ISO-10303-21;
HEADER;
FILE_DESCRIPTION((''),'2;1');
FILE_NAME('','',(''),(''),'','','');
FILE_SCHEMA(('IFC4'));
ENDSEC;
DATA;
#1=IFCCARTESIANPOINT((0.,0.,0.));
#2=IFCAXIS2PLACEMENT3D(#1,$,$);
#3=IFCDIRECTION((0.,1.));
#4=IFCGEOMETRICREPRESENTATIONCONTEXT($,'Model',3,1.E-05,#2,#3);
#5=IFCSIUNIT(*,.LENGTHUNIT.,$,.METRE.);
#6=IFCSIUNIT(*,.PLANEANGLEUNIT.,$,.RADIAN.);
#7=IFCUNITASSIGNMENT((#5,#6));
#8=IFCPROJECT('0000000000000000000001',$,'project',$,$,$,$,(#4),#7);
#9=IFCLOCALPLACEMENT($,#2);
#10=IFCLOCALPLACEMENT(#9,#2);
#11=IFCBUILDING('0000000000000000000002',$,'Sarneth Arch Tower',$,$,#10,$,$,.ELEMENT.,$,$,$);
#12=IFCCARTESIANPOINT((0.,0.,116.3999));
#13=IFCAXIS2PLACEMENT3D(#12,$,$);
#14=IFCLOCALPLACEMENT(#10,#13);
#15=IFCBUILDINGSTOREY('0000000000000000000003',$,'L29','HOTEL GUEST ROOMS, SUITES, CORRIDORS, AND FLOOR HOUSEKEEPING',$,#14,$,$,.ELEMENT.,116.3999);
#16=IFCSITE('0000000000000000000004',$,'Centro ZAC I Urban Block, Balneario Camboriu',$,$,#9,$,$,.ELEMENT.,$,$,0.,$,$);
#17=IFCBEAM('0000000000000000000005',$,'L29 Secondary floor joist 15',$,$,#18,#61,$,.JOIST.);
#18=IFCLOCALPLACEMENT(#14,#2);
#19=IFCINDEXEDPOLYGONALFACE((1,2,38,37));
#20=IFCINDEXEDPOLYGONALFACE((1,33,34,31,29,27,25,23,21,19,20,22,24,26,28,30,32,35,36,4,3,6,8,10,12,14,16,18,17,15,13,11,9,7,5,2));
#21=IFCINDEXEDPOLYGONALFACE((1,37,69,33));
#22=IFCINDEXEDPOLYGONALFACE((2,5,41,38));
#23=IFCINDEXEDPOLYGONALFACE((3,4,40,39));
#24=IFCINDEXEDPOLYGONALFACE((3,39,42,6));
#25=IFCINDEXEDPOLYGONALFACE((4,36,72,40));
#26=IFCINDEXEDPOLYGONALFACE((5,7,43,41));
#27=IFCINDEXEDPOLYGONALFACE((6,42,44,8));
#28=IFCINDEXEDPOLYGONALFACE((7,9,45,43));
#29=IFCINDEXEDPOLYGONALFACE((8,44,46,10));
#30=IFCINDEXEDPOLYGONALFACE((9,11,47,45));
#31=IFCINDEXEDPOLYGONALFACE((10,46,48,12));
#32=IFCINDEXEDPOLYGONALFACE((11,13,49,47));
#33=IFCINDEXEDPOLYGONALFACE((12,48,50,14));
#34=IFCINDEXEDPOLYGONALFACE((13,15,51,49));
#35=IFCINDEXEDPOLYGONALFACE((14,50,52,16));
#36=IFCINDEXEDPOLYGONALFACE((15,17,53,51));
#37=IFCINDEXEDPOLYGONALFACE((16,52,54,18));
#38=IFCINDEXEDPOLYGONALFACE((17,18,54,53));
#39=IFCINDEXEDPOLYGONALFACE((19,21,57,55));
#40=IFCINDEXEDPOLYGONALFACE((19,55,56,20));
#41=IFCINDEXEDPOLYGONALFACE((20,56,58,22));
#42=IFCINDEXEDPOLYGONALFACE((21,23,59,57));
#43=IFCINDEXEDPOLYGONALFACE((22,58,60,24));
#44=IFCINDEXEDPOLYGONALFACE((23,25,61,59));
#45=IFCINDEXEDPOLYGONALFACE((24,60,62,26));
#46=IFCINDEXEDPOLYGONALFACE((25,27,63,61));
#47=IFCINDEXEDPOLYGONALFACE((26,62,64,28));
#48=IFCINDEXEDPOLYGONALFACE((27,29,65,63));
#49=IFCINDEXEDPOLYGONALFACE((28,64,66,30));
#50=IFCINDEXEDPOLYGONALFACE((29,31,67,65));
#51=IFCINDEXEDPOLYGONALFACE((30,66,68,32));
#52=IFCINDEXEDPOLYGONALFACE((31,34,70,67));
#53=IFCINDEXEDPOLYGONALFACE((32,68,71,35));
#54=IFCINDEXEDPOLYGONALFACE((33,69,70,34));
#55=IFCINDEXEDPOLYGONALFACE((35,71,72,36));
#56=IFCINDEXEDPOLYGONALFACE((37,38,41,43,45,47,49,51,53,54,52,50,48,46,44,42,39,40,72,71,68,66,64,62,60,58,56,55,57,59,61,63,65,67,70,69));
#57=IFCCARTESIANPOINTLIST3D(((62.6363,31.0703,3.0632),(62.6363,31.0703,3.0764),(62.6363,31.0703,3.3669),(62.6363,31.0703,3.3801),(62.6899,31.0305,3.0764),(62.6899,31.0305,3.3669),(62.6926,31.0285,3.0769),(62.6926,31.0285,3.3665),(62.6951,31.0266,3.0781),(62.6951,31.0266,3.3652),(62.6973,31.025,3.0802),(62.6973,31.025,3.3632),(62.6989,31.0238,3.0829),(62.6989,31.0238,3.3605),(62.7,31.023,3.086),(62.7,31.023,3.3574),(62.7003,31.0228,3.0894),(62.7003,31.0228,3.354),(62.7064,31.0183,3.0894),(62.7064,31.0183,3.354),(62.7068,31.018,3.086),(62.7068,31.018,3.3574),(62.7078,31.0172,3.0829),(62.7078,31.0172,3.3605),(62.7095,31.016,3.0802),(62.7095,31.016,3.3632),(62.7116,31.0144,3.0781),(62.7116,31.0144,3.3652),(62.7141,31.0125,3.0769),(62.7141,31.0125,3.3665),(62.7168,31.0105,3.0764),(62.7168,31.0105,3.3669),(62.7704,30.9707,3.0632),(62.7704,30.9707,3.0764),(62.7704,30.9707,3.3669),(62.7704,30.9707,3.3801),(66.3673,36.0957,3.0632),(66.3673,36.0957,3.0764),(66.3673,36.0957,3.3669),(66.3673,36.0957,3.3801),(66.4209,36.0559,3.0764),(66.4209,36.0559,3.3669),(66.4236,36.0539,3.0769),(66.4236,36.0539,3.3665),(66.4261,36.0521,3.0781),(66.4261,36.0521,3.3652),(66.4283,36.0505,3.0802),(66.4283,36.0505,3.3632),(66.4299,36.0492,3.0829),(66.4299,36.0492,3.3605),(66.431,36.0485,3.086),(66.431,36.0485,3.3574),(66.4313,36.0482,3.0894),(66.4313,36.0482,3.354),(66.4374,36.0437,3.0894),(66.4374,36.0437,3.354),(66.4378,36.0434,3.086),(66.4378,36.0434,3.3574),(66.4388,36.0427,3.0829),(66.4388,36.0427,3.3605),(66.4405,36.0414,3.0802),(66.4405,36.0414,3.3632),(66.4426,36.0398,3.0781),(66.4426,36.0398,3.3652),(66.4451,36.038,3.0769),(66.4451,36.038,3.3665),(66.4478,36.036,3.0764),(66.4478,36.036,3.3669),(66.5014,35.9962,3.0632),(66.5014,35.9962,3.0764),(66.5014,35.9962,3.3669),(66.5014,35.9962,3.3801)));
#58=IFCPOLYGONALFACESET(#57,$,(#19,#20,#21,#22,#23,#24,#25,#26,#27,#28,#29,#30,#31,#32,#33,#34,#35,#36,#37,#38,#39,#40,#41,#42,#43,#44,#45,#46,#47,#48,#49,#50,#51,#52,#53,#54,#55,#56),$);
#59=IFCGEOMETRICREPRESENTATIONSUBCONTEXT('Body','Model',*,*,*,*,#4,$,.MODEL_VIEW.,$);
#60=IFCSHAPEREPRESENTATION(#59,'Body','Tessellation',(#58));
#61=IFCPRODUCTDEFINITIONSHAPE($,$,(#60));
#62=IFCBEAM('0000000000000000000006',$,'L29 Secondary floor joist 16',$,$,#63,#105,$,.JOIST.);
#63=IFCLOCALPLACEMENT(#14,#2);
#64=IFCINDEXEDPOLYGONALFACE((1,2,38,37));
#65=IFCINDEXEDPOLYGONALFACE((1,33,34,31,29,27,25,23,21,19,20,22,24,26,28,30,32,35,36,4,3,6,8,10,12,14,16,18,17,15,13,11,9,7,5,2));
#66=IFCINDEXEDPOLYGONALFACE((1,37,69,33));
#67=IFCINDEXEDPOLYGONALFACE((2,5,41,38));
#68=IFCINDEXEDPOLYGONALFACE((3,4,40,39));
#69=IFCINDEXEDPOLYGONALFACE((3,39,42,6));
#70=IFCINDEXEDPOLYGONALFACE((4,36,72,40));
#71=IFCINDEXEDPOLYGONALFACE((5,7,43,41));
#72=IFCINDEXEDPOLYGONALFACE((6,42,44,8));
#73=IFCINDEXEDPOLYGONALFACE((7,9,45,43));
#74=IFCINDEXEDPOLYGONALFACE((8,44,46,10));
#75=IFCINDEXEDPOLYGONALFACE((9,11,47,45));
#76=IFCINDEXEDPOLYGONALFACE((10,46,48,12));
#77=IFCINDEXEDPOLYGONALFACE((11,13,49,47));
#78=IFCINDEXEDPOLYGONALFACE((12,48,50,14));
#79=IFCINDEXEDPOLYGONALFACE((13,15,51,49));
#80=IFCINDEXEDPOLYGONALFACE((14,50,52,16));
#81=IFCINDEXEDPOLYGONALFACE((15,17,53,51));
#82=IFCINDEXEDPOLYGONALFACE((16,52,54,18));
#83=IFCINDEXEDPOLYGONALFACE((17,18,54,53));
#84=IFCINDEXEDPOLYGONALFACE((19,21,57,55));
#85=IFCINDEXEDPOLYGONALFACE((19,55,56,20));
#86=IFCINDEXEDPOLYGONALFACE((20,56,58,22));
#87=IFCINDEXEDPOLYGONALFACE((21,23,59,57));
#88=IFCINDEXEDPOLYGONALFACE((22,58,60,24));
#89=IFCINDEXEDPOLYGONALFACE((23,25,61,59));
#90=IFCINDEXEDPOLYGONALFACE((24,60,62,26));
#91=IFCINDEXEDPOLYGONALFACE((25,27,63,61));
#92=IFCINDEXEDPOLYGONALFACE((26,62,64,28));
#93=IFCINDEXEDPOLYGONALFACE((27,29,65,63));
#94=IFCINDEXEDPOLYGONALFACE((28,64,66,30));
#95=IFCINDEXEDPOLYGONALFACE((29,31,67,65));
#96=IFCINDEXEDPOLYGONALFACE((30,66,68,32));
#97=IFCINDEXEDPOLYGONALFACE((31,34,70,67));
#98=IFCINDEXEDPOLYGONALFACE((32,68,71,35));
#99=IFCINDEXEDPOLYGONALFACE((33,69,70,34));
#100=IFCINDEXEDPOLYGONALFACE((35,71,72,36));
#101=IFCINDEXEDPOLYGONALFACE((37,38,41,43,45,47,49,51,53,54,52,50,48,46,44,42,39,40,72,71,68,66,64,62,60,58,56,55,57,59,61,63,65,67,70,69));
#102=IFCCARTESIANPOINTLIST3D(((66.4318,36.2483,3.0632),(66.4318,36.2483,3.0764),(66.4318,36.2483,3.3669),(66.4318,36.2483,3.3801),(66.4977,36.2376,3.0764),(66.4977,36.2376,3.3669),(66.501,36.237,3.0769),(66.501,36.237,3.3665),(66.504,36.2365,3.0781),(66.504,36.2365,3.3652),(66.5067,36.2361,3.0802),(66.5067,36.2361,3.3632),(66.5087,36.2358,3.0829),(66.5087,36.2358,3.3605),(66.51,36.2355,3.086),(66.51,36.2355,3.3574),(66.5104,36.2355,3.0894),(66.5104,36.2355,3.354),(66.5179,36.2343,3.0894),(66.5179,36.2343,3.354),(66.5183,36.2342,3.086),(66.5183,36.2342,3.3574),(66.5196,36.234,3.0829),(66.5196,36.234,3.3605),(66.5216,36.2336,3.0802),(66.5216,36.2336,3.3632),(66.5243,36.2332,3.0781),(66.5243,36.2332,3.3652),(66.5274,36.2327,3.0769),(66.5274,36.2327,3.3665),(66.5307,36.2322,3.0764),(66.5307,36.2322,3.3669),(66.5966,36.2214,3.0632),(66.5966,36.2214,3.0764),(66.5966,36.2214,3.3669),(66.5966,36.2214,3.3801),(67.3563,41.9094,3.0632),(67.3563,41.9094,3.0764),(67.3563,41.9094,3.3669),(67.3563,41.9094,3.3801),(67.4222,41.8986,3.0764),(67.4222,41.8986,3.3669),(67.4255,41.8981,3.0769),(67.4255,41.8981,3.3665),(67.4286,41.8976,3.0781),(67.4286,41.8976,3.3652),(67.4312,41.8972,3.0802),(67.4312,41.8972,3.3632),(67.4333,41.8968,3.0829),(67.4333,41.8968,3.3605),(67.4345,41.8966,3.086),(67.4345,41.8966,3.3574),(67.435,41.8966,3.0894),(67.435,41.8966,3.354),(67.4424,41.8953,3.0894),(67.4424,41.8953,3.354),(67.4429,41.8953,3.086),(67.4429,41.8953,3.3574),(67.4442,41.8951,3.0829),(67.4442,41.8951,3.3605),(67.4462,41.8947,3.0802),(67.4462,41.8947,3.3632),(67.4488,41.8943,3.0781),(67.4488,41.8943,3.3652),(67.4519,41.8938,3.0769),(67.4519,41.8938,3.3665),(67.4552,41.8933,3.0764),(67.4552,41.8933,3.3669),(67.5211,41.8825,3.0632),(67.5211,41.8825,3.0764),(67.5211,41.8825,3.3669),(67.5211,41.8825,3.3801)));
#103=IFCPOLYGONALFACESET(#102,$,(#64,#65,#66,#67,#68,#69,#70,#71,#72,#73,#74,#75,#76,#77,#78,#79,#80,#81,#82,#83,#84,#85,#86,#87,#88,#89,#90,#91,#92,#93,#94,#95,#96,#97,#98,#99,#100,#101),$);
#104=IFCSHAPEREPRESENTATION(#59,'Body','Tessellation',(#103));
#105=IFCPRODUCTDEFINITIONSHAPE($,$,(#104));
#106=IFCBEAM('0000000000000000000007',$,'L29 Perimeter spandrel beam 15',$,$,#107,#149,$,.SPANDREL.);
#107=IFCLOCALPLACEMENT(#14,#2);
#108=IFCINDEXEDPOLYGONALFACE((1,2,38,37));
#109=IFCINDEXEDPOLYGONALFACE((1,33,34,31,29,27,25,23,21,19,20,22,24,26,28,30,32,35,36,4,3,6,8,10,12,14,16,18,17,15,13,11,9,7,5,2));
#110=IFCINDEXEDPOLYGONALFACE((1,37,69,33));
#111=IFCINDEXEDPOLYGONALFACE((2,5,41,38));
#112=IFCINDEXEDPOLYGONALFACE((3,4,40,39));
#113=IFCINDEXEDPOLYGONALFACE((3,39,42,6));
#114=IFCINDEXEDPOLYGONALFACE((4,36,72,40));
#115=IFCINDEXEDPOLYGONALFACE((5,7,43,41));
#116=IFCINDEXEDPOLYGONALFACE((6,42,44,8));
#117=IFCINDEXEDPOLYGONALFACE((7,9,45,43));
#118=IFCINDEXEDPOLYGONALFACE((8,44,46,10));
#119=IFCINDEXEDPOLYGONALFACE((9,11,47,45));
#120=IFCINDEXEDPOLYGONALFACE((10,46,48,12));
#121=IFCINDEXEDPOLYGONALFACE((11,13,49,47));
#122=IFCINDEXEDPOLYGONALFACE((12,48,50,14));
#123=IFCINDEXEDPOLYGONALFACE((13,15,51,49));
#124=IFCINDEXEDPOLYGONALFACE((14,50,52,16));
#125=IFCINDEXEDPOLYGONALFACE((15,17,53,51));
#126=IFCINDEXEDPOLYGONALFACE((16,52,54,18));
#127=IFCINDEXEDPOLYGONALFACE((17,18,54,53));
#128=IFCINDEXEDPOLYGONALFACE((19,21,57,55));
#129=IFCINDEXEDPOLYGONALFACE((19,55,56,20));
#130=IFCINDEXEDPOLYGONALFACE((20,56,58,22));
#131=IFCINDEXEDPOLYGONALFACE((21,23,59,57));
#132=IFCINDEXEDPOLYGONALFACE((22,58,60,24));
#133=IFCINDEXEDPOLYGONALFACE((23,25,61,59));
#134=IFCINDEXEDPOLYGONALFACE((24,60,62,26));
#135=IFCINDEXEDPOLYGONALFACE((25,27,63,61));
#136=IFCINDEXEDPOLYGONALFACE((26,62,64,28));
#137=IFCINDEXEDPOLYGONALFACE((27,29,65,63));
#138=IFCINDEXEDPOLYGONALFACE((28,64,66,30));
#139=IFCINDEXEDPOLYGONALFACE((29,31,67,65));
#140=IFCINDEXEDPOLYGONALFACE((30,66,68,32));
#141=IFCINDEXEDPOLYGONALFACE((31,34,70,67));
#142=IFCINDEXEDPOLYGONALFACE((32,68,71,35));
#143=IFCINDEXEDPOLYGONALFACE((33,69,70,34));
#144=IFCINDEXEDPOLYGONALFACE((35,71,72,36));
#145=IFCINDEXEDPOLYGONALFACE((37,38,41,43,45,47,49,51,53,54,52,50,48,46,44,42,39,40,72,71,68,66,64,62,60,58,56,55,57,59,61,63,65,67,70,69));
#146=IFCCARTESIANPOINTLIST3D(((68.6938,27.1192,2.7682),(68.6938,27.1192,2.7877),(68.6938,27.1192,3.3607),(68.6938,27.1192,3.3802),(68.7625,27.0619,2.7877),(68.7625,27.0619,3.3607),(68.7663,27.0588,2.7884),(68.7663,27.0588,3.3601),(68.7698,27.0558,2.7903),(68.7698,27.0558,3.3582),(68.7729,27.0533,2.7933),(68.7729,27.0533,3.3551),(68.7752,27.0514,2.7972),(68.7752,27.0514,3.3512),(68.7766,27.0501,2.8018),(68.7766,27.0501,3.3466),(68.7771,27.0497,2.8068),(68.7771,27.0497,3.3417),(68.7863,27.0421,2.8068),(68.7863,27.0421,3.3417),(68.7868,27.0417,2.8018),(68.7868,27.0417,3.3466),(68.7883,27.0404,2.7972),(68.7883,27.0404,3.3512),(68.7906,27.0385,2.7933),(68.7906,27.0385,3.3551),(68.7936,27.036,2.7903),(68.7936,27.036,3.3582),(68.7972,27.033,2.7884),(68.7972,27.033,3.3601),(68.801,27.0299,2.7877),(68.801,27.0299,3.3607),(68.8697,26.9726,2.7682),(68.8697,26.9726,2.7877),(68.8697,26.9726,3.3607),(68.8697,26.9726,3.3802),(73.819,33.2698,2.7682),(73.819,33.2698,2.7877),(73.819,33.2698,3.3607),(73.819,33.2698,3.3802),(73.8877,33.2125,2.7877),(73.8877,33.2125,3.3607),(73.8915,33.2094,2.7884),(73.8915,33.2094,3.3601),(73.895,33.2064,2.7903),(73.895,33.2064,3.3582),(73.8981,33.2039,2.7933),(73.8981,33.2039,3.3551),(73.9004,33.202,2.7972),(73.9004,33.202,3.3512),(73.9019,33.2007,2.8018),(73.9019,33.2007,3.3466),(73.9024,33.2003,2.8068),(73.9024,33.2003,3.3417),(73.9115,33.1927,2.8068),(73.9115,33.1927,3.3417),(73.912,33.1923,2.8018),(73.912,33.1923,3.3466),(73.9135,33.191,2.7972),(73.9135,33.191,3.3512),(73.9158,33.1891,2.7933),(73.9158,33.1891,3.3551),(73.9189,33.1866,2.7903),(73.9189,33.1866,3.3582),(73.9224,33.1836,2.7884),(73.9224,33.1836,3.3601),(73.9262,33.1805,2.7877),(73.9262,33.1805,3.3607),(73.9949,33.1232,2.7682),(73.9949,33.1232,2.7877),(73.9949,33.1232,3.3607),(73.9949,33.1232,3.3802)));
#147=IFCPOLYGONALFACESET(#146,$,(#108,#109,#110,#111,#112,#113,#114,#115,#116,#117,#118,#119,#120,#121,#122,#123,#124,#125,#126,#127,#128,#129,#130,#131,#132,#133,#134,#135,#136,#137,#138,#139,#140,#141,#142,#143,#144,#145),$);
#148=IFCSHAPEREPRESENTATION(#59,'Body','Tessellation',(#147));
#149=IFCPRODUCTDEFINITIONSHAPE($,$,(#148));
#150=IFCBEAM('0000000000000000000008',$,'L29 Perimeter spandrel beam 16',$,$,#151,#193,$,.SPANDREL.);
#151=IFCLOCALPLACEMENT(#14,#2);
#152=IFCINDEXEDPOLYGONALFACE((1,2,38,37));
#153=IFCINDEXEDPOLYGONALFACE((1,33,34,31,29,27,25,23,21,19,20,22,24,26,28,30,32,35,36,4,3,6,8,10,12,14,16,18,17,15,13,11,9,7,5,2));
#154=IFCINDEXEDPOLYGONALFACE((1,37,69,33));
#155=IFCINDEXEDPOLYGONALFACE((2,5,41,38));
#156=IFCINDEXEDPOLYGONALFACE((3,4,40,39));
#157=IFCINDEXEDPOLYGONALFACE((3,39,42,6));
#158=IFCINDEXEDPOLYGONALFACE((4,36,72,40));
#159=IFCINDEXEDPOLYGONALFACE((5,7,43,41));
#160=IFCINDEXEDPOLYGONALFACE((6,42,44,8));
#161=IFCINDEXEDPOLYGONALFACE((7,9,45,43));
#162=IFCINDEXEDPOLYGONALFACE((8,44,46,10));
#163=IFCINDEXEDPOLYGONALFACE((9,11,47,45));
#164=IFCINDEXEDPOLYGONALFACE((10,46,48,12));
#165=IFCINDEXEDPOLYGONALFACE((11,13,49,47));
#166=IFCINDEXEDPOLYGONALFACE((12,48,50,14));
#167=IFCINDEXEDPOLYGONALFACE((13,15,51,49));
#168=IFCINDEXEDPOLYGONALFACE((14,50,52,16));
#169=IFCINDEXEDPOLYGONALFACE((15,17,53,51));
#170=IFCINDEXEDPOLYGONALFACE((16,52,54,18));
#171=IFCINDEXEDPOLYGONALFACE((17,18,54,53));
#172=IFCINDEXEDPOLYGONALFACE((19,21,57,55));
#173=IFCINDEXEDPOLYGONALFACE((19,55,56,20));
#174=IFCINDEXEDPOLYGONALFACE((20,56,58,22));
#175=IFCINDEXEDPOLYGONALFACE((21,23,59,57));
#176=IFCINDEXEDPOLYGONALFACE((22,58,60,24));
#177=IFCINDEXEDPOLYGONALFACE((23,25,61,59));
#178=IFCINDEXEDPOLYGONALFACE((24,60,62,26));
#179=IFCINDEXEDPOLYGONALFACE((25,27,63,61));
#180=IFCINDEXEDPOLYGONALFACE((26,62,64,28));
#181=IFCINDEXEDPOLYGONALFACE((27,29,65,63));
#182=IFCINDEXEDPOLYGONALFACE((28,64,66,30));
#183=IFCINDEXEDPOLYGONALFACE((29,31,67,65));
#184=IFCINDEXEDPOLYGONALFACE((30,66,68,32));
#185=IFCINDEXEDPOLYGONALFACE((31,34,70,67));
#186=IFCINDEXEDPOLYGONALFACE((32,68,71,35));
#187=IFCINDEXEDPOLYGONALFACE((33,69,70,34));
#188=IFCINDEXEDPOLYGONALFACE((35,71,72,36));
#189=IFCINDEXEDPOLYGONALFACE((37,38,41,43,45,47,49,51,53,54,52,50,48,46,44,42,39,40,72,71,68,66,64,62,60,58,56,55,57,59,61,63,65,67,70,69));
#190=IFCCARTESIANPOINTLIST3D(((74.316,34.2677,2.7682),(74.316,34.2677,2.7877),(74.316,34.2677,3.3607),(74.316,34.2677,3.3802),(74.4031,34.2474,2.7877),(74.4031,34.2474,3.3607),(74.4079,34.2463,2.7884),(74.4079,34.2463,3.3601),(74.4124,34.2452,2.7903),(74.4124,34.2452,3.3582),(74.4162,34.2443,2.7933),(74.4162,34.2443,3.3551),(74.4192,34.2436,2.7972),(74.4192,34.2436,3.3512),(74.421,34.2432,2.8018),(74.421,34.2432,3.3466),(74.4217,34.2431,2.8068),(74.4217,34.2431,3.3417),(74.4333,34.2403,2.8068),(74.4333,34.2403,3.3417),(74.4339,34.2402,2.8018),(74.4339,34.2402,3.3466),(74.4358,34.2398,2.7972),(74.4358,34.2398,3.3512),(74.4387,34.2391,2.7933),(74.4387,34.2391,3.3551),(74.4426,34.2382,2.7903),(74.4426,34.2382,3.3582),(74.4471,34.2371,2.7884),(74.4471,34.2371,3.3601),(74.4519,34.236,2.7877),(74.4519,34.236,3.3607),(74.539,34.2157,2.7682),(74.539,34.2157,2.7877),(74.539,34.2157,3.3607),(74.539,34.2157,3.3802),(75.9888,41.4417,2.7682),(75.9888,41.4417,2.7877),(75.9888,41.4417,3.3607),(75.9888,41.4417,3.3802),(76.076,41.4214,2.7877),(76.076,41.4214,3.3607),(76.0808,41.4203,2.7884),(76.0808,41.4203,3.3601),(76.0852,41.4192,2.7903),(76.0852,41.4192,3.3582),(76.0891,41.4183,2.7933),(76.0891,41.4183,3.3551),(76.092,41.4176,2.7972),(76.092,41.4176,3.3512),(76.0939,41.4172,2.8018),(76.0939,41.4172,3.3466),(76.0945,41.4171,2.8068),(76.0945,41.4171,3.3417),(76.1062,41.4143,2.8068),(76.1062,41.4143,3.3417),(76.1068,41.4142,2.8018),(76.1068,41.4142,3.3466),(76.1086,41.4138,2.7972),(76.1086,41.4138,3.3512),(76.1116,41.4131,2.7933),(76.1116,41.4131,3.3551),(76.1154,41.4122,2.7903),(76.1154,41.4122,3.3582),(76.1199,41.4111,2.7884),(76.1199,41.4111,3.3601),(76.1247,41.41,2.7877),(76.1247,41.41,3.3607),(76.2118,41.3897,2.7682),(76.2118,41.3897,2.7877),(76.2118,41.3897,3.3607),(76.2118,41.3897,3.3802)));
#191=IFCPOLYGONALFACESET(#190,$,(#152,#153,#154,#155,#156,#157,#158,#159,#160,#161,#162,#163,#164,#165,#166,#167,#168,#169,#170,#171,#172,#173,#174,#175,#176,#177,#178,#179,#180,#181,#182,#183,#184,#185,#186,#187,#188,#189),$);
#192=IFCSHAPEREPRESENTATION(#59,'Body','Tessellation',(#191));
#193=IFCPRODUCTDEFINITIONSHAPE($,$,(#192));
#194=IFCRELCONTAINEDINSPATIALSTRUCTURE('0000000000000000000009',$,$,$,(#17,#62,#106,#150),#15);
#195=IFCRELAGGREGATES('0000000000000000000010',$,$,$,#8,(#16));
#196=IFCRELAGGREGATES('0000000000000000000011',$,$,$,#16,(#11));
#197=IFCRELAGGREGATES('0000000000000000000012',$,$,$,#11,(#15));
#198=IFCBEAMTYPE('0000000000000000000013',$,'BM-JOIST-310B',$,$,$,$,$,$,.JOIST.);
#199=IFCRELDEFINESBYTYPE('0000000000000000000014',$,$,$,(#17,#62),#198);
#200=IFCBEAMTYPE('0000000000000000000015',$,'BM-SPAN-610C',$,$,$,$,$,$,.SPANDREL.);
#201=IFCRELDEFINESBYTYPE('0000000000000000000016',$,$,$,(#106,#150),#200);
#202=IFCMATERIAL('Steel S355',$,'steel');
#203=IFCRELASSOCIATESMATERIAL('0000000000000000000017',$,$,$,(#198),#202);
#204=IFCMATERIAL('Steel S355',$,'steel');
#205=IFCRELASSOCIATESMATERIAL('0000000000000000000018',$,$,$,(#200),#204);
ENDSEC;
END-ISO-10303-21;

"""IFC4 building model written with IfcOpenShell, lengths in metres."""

from ifc_helpers import new_model, si_unit, direction, frame, origin, origin_2d, place, context, subcontext, project, spatial, i_section, extrude, material, material_profile, profile_set, type_object, element, save


model = new_model("IFC4")

# Units and contexts
model_context = context("Model", 3, precision=1e-05, world=origin(), true_north=direction((0.0, 1.0)))
body_context = subcontext(model_context, "Body", "Model", "MODEL_VIEW")
ifc_project = project(units=[si_unit("LENGTHUNIT", "METRE"), si_unit("PLANEANGLEUNIT", "RADIAN")], contexts=[model_context])

# Site, building, storey
site_placement = place(None, origin())
site = spatial("IfcSite", under=ifc_project, at=site_placement, Name="Centro ZAC I Urban Block, Balneario Camboriu", CompositionType="ELEMENT", RefElevation=0.0)
building_placement = place(site_placement, origin())
building = spatial("IfcBuilding", under=site, at=building_placement, Name="Sarneth Arch Tower", CompositionType="ELEMENT")
storey_placement = place(building_placement, frame((0.0, 0.0, 116.3999)))
storey = spatial("IfcBuildingStorey", under=building, at=storey_placement, Name="L29", Description="HOTEL GUEST ROOMS, SUITES, CORRIDORS, AND FLOOR HOUSEKEEPING", CompositionType="ELEMENT", Elevation=116.3999)

# Beams
ifc_material_1 = material(Name="Steel S355", Category="steel")
ifc_material_profile_1 = material_profile(ifc_material_1, i_section(OverallWidth=0.167, OverallDepth=0.3169, WebThickness=0.0076, FlangeThickness=0.0132, FilletRadius=0.0129, at=origin_2d()), Name="W310x52")
ifc_profile_set_1 = profile_set([ifc_material_profile_1], Name="Steel S355")
beam_type_1 = type_object("IfcBeamType", Name="BM-JOIST-310B", PredefinedType="JOIST", material=ifc_profile_set_1)
beam_1_placement = place(storey_placement, frame((62.7034, 31.0205, 3.2217), z_axis=(0.596098, 0.802911, 0.0), x_axis=(-0.802911, 0.596098, 0.0)))
element("IfcBeam", 1, at=beam_1_placement, inside=storey, type_object=beam_type_1, Name="L29 Secondary floor joist 15", PredefinedType="JOIST", context=body_context, shape_type="SweptSolid", body=[
    extrude(i_section(OverallWidth=0.167, OverallDepth=0.3169, WebThickness=0.0076, FlangeThickness=0.0132, FilletRadius=0.0129, at=origin_2d()), origin(), (0.0, 0.0, 1.0), 6.259),
])
beam_2_placement = place(storey_placement, frame((66.5142, 36.2349, 3.2217), z_axis=(0.161182, 0.986925, 0.0), x_axis=(-0.986925, 0.161182, 0.0)))
element("IfcBeam", 2, at=beam_2_placement, inside=storey, type_object=beam_type_1, Name="L29 Secondary floor joist 16", PredefinedType="JOIST", context=body_context, shape_type="SweptSolid", body=[
    extrude(i_section(OverallWidth=0.167, OverallDepth=0.3169, WebThickness=0.0076, FlangeThickness=0.0132, FilletRadius=0.0129, at=origin_2d()), origin(), (0.0, 0.0, 1.0), 5.7361),
])
ifc_material_2 = material(Name="Steel S355", Category="steel")
ifc_material_profile_2 = material_profile(ifc_material_2, i_section(OverallWidth=0.229, OverallDepth=0.6121, WebThickness=0.012, FlangeThickness=0.0195, FilletRadius=0.019, at=origin_2d()), Name="W610x125")
ifc_profile_set_2 = profile_set([ifc_material_profile_2], Name="Steel S355")
beam_type_2 = type_object("IfcBeamType", Name="BM-SPAN-610C", PredefinedType="SPANDREL", material=ifc_profile_set_2)
beam_3_placement = place(storey_placement, frame((68.7817, 27.0459, 3.0742), z_axis=(0.640163, 0.768239, 0.0), x_axis=(-0.768239, 0.640163, 0.0)))
element("IfcBeam", 3, at=beam_3_placement, inside=storey, type_object=beam_type_2, Name="L29 Perimeter spandrel beam 15", PredefinedType="SPANDREL", context=body_context, shape_type="SweptSolid", body=[
    extrude(i_section(OverallWidth=0.229, OverallDepth=0.6121, WebThickness=0.012, FlangeThickness=0.0195, FilletRadius=0.019, at=origin_2d()), origin(), (0.0, 0.0, 1.0), 8.0061),
])
beam_4_placement = place(storey_placement, frame((74.4275, 34.2417, 3.0742), z_axis=(0.227088, 0.973874, 0.0), x_axis=(-0.973874, 0.227088, 0.0)))
element("IfcBeam", 4, at=beam_4_placement, inside=storey, type_object=beam_type_2, Name="L29 Perimeter spandrel beam 16", PredefinedType="SPANDREL", context=body_context, shape_type="SweptSolid", body=[
    extrude(i_section(OverallWidth=0.229, OverallDepth=0.6121, WebThickness=0.012, FlangeThickness=0.0195, FilletRadius=0.019, at=origin_2d()), origin(), (0.0, 0.0, 1.0), 7.3665),
])

save(model, "model.ifc")
